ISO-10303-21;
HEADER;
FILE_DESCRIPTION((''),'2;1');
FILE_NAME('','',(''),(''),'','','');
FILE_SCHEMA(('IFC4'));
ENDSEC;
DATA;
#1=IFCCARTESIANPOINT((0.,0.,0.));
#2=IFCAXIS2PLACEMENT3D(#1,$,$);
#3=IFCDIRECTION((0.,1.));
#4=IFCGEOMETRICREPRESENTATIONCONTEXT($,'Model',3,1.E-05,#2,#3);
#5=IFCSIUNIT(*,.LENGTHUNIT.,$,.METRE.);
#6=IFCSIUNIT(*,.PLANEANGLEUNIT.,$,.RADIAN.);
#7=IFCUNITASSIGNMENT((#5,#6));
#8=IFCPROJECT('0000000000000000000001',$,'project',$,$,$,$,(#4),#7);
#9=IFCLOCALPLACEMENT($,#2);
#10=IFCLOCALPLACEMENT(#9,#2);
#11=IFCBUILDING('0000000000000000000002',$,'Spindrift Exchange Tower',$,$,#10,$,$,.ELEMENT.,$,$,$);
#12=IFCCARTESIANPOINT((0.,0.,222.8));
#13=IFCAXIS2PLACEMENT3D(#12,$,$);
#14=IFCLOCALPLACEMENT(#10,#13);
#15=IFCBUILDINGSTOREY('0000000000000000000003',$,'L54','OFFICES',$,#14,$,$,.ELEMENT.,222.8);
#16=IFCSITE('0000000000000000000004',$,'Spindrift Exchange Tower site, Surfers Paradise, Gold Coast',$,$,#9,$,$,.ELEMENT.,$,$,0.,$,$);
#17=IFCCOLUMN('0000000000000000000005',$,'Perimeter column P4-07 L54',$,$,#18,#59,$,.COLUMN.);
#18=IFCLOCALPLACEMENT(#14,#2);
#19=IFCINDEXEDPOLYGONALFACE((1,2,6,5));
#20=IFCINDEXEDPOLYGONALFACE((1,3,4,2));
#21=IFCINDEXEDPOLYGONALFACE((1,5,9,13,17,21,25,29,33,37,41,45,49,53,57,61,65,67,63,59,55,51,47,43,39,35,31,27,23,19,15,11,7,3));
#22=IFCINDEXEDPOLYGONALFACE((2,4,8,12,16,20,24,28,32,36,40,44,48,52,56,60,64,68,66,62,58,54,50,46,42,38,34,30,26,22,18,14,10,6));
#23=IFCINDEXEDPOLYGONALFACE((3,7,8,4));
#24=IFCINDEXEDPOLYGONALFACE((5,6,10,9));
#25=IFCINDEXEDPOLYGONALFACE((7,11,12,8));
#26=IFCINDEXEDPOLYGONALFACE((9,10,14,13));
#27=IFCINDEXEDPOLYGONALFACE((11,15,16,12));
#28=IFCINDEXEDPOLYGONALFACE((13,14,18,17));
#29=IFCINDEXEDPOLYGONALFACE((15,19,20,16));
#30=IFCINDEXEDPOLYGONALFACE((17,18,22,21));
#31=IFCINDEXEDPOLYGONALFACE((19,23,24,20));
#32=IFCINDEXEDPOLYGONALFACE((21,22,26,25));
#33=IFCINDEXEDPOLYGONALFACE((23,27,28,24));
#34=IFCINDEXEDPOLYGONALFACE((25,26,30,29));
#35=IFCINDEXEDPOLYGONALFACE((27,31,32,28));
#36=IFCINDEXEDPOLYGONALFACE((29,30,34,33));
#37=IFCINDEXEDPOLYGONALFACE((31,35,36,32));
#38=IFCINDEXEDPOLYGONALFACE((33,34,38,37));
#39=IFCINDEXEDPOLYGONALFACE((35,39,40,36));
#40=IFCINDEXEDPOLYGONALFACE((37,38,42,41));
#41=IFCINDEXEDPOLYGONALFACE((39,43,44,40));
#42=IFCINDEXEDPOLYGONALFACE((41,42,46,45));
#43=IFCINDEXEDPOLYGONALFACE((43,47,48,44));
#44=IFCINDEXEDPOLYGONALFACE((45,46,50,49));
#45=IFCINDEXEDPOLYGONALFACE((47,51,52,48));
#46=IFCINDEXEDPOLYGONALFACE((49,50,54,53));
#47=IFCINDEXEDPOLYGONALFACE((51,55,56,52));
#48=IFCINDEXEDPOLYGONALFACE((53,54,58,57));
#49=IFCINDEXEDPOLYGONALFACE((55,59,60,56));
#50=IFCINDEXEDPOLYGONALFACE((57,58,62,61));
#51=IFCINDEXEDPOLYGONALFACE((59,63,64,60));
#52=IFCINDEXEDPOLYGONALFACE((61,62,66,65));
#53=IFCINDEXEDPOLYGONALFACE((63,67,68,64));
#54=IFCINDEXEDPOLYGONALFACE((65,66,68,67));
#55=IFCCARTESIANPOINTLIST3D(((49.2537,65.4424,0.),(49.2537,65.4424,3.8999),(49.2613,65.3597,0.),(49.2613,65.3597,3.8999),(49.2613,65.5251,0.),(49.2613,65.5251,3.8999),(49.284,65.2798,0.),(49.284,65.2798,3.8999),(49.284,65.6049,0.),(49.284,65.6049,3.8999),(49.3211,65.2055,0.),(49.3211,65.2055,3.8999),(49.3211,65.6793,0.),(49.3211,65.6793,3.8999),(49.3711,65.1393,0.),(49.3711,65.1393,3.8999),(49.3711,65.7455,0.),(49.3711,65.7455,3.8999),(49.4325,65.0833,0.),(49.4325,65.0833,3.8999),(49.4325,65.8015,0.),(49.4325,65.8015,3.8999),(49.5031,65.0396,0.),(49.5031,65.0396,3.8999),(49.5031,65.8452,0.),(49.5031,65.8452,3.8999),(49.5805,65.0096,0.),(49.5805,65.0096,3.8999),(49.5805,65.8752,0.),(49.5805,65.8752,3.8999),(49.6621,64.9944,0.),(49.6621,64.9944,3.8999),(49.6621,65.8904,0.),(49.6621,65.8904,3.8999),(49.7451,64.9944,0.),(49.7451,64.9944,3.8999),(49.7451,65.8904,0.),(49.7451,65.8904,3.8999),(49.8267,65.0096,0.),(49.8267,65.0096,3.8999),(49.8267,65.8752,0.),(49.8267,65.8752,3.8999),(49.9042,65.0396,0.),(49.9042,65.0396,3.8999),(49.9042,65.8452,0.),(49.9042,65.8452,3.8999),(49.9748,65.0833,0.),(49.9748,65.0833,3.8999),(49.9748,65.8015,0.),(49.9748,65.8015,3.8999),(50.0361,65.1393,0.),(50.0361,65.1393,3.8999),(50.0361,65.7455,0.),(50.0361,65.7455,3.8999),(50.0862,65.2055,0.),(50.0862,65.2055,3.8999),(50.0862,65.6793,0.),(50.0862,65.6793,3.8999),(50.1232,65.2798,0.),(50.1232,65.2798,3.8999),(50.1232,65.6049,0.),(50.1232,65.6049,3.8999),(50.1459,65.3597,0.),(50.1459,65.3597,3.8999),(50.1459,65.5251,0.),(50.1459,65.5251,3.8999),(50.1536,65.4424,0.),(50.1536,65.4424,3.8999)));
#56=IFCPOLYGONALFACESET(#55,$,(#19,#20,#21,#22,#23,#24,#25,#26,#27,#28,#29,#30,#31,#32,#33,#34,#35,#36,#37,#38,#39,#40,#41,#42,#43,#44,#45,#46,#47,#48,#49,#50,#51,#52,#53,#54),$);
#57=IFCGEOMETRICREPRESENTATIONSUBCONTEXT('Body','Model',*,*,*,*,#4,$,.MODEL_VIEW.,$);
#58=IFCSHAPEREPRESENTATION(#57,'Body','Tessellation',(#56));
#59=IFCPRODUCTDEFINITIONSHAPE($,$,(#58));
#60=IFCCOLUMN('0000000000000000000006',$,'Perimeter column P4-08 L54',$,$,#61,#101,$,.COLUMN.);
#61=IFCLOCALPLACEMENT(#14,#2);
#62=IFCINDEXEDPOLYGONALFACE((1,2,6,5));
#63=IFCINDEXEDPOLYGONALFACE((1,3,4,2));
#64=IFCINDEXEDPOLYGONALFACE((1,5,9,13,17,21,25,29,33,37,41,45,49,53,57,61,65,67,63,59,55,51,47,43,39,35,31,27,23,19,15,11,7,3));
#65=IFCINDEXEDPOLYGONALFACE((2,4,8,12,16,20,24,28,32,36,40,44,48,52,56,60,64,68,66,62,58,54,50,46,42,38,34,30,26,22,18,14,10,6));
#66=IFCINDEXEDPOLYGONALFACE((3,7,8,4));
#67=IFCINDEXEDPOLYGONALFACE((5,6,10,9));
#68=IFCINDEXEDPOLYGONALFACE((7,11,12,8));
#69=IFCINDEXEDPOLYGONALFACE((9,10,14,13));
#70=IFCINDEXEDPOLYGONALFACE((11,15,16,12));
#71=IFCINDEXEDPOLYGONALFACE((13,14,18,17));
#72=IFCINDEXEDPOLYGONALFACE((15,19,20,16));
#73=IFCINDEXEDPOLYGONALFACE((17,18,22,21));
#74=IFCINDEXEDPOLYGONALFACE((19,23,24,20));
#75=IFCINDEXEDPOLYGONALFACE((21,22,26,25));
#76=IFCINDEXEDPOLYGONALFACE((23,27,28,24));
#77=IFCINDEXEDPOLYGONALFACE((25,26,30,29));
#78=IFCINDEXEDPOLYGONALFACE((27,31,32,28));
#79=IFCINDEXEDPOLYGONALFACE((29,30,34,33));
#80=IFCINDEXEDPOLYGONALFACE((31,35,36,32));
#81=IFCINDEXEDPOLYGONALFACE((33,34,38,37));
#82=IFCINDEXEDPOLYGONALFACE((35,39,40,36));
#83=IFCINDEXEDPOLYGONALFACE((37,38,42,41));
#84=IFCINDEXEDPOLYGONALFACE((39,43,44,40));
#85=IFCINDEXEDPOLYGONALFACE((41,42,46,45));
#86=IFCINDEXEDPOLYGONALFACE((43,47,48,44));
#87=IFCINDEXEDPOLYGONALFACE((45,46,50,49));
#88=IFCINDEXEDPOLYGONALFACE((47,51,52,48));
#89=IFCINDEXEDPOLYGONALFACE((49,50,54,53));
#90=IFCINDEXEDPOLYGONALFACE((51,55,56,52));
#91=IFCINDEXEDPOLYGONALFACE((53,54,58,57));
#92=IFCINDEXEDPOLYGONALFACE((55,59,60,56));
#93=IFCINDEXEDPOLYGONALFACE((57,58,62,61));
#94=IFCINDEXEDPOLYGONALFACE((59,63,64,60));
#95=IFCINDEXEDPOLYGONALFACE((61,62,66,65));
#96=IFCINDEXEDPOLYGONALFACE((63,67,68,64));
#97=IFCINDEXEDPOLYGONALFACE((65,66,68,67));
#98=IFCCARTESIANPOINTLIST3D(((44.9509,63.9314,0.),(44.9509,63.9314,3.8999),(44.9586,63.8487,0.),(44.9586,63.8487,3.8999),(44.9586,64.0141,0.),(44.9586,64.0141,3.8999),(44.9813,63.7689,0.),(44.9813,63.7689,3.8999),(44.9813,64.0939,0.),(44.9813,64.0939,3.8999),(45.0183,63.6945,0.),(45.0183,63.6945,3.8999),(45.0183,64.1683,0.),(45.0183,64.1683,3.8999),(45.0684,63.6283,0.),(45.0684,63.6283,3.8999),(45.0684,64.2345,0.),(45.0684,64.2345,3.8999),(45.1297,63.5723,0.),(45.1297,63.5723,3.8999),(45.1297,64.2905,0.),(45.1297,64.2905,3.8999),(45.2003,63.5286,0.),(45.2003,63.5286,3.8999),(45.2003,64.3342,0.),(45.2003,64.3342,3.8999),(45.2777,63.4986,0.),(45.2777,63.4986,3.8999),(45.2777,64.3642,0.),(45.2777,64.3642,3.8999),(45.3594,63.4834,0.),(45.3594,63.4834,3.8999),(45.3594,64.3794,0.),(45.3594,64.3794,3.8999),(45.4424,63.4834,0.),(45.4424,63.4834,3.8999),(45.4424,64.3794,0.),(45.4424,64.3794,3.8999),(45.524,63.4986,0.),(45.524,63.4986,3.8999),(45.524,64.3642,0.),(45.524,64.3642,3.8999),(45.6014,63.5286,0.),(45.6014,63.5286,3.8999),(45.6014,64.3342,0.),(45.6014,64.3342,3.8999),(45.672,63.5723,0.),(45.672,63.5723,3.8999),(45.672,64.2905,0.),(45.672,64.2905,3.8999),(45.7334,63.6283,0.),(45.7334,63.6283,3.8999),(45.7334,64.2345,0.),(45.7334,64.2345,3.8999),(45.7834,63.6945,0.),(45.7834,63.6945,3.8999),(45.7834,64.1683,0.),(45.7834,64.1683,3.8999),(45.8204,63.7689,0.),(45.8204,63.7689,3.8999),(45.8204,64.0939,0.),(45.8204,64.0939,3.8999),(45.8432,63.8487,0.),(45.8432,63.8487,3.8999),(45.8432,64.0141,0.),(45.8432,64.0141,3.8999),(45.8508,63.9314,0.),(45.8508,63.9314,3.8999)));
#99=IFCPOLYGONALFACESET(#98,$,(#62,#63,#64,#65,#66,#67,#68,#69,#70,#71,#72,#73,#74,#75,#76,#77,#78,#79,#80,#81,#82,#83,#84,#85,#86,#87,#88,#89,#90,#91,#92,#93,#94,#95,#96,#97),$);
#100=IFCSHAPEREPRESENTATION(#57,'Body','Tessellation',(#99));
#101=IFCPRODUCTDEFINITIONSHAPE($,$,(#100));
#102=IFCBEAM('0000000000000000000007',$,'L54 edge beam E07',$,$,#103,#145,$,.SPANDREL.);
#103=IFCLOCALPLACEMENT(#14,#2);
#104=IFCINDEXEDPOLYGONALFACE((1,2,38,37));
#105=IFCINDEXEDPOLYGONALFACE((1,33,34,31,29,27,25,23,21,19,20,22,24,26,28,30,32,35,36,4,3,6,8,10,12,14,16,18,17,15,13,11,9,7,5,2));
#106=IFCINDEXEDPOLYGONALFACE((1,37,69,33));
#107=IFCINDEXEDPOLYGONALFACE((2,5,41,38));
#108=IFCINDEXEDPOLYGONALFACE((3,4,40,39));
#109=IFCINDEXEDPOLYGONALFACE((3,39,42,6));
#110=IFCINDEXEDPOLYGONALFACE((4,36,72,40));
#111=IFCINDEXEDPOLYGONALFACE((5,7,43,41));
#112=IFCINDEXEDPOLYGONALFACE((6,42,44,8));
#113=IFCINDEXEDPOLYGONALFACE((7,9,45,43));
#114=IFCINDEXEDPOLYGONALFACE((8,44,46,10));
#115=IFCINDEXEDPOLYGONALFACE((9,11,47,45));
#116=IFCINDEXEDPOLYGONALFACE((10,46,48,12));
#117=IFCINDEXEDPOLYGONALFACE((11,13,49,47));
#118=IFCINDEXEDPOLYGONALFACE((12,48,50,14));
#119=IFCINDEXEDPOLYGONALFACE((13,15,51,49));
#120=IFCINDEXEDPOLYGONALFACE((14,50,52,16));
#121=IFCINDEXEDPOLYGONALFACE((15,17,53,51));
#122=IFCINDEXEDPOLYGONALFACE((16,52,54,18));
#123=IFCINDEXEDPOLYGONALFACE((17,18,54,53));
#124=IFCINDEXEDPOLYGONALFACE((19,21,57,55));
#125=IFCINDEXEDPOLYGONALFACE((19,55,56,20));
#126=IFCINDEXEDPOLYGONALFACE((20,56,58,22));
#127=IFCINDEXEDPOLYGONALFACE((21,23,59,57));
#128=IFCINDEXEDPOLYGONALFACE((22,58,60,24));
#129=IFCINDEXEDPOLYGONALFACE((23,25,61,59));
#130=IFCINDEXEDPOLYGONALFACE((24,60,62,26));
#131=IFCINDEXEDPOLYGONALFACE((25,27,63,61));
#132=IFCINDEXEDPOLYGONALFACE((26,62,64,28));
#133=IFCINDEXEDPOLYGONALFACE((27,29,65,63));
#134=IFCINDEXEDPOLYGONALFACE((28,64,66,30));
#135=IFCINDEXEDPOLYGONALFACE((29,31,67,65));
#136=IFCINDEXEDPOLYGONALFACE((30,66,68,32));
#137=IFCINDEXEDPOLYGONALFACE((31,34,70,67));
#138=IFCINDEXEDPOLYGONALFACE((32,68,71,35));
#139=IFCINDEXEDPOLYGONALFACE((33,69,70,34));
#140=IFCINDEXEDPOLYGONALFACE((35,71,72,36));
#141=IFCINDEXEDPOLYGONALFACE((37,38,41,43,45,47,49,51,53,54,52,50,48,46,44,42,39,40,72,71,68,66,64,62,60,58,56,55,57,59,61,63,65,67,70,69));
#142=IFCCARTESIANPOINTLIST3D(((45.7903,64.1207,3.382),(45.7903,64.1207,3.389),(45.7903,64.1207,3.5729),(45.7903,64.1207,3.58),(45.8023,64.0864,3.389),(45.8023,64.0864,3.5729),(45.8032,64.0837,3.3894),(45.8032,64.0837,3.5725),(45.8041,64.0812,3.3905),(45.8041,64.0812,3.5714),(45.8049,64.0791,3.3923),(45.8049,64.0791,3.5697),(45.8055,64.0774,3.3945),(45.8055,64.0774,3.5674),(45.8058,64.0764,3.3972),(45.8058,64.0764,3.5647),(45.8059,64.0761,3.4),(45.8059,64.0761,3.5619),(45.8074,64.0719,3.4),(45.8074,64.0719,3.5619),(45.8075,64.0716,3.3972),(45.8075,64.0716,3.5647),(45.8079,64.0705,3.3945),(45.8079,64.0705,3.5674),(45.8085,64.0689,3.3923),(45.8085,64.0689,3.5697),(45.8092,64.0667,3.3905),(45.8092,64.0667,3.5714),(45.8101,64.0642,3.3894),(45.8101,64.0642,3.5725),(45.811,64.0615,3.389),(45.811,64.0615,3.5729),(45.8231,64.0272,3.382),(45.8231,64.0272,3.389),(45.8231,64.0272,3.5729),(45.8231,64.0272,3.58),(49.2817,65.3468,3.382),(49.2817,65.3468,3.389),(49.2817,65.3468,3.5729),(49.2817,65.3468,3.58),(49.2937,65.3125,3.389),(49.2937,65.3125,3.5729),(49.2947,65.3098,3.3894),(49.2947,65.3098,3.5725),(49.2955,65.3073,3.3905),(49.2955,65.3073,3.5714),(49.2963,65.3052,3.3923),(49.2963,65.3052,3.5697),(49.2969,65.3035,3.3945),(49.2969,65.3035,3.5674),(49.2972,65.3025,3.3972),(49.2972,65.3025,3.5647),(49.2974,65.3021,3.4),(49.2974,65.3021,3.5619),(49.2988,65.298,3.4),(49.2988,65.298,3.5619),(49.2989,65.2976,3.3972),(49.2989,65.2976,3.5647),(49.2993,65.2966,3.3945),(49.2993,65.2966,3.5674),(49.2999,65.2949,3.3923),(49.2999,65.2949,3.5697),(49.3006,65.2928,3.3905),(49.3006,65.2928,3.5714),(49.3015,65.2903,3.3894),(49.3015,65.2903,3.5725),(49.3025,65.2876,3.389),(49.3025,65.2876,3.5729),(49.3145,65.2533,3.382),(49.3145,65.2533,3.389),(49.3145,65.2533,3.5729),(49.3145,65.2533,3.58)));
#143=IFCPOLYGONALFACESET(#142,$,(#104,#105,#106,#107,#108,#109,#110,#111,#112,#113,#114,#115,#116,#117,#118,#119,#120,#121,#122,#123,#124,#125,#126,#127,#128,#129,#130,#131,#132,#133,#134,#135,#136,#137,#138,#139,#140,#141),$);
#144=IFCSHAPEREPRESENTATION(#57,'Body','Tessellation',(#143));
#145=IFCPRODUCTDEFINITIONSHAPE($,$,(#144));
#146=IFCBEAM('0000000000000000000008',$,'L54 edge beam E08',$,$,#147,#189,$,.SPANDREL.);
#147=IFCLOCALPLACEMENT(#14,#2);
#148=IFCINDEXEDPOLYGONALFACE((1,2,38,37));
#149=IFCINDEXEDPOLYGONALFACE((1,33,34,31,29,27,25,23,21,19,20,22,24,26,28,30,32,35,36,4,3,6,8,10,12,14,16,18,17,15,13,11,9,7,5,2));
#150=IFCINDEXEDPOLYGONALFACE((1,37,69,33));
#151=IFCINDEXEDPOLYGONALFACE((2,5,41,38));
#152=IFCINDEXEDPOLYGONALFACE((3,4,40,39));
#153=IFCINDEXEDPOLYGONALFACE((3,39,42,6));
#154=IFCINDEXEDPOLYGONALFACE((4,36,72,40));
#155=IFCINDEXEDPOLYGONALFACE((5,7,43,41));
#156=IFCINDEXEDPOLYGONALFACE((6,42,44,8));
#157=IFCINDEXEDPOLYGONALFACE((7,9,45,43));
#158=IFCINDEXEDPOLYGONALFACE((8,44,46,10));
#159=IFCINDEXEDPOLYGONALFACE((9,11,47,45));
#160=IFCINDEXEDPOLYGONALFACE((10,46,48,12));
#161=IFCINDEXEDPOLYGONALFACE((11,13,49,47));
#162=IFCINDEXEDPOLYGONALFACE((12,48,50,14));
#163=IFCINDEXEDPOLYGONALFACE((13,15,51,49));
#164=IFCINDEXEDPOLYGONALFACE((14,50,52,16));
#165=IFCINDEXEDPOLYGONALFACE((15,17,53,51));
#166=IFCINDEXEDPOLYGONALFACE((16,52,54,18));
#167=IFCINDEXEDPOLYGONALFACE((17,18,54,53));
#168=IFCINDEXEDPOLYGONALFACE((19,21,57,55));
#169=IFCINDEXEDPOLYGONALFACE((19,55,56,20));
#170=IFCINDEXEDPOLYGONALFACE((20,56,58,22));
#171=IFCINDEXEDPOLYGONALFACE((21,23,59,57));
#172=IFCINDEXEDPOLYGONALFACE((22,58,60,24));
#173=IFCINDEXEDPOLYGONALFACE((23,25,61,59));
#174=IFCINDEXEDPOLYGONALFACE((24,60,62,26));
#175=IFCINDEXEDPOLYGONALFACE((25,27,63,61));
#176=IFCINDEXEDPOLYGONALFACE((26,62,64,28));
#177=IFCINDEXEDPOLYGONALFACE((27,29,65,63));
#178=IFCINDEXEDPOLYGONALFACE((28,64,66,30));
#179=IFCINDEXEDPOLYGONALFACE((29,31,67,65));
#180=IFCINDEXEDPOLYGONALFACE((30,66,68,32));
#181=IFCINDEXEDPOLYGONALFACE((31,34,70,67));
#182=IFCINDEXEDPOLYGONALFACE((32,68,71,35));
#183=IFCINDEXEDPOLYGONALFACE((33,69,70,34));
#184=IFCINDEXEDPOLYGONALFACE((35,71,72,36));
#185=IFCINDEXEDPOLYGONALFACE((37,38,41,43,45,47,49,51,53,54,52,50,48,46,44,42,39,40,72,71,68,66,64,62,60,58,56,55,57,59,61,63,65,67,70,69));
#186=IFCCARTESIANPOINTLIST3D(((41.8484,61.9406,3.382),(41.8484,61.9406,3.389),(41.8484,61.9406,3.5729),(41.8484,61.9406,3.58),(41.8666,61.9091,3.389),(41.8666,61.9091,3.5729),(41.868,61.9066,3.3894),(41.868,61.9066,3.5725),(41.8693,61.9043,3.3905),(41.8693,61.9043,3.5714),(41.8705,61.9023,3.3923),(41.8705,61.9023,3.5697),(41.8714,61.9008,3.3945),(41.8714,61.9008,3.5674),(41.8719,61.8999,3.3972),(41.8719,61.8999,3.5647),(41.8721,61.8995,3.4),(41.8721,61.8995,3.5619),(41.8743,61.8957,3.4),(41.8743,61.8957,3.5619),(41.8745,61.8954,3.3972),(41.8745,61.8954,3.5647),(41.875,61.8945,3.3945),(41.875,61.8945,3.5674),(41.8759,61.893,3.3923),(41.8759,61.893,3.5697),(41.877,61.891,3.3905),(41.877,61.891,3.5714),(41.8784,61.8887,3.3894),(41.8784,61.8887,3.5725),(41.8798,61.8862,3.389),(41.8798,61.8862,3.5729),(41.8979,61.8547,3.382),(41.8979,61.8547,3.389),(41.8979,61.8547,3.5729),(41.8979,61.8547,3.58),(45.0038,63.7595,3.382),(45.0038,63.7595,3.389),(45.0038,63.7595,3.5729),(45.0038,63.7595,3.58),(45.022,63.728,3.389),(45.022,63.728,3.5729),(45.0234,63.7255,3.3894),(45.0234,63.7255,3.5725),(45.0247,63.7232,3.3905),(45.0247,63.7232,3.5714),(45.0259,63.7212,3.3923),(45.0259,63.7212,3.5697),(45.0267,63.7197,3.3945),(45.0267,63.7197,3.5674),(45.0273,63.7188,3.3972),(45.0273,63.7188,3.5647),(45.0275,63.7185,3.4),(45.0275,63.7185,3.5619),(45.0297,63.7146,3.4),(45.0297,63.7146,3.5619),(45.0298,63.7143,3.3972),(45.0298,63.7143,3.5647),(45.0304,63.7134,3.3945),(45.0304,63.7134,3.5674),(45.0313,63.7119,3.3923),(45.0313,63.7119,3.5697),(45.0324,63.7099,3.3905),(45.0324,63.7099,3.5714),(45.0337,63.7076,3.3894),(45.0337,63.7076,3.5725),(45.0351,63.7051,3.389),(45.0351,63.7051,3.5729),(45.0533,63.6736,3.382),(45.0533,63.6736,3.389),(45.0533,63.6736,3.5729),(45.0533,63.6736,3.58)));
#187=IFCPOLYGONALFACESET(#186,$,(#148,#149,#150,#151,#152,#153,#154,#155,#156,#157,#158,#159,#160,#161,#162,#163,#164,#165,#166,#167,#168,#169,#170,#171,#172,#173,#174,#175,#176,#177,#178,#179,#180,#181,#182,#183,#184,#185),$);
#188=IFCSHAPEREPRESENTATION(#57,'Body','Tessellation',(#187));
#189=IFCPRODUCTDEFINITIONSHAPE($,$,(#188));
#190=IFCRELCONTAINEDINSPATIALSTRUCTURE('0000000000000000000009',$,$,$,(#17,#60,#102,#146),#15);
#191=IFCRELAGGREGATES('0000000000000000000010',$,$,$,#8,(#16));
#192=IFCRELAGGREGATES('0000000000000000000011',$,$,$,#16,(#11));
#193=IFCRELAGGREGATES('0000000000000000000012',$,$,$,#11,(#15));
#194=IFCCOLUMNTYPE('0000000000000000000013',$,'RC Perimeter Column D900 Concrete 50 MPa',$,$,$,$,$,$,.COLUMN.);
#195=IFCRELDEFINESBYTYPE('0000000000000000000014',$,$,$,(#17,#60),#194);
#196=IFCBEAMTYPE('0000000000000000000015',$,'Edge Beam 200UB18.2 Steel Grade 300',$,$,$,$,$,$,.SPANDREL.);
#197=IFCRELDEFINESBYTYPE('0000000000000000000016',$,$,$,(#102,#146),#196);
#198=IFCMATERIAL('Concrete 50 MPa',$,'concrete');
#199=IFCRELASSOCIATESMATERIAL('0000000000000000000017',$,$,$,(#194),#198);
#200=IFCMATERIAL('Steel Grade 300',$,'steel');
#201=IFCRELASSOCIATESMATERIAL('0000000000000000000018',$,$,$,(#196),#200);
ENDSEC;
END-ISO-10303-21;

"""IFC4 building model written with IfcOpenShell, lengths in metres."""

from ifc_helpers import new_model, si_unit, direction, frame, origin, origin_2d, place, context, subcontext, project, spatial, circle, i_section, extrude, source, transform, mapped, material, material_profile, profile_set, type_object, element, save


model = new_model("IFC4")

# Units and contexts
model_context = context("Model", 3, precision=1e-05, world=origin(), true_north=direction((0.0, 1.0)))
body_context = subcontext(model_context, "Body", "Model", "MODEL_VIEW")
ifc_project = project(units=[si_unit("LENGTHUNIT", "METRE"), si_unit("PLANEANGLEUNIT", "RADIAN")], contexts=[model_context])

# Site, building, storey
site_placement = place(None, origin())
site = spatial("IfcSite", under=ifc_project, at=site_placement, Name="Spindrift Exchange Tower site, Surfers Paradise, Gold Coast", CompositionType="ELEMENT", RefElevation=0.0)
building_placement = place(site_placement, origin())
building = spatial("IfcBuilding", under=site, at=building_placement, Name="Spindrift Exchange Tower", CompositionType="ELEMENT")
storey_placement = place(building_placement, frame((0.0, 0.0, 222.8)))
storey = spatial("IfcBuildingStorey", under=building, at=storey_placement, Name="L54", Description="OFFICES", CompositionType="ELEMENT", Elevation=222.8)

# Columns
ifc_material_1 = material(Name="Concrete 50 MPa", Category="concrete")
ifc_material_profile_1 = material_profile(ifc_material_1, circle(Radius=0.45, at=origin_2d()), Name="RC D900")
ifc_profile_set_1 = profile_set([ifc_material_profile_1], Name="Concrete 50 MPa")
column_type = type_object("IfcColumnType", Name="RC Perimeter Column D900 Concrete 50 MPa", PredefinedType="COLUMN", material=ifc_profile_set_1)
shared_shape_1 = source(origin(), body_context, "Body", "SweptSolid", [
    extrude(circle(Radius=0.45, at=origin_2d()), origin(), (0.0, 0.0, 1.0), 3.8999),
])
for number, where, z_axis, x_axis, name in (
    (1, (49.7036, 65.4424, 0.0), (0.0, 0.0, 1.0), (1.0, 0.0, 0.0), "Perimeter column P4-07 L54"),
    (2, (45.4009, 63.9314, 0.0), (0.0, 0.0, 1.0), (1.0, 0.0, 0.0), "Perimeter column P4-08 L54"),
):
    element("IfcColumn", number, at=place(storey_placement, frame(where, z_axis=z_axis, x_axis=x_axis)), inside=storey, type_object=column_type, Name=name, PredefinedType="COLUMN", context=body_context, shape_type="MappedRepresentation", body=[
        mapped(shared_shape_1, transform((0.0, 0.0, 0.0), scale=1.0)),
    ])

# Beams
ifc_material_2 = material(Name="Steel Grade 300", Category="steel")
ifc_material_profile_2 = material_profile(ifc_material_2, i_section(OverallWidth=0.0991, OverallDepth=0.198, WebThickness=0.0044, FlangeThickness=0.0071, FilletRadius=0.011, at=origin_2d()), Name="200UB18.2")
ifc_profile_set_2 = profile_set([ifc_material_profile_2], Name="Steel Grade 300")
beam_type = type_object("IfcBeamType", Name="Edge Beam 200UB18.2 Steel Grade 300", PredefinedType="SPANDREL", material=ifc_profile_set_2)
shared_shape_2 = source(origin(), body_context, "Body", "SweptSolid", [
    extrude(i_section(OverallWidth=0.0991, OverallDepth=0.198, WebThickness=0.0044, FlangeThickness=0.0071, FilletRadius=0.011, at=origin_2d()), origin(), (0.0, 0.0, 1.0), 3.7004),
])
beam_1_placement = place(storey_placement, frame((49.2981, 65.3, 3.481), z_axis=(-0.943515, -0.331329, 0.0), x_axis=(0.331329, -0.943515, 0.0)))
element("IfcBeam", 3, at=beam_1_placement, inside=storey, type_object=beam_type, Name="L54 edge beam E07", PredefinedType="SPANDREL", context=body_context, shape_type="MappedRepresentation", body=[
    mapped(shared_shape_2, transform((0.0, 0.0, 0.0), scale=1.0)),
])
shared_shape_3 = source(origin(), body_context, "Body", "SweptSolid", [
    extrude(i_section(OverallWidth=0.0991, OverallDepth=0.198, WebThickness=0.0044, FlangeThickness=0.0071, FilletRadius=0.011, at=origin_2d()), origin(), (0.0, 0.0, 1.0), 3.6421),
])
beam_2_placement = place(storey_placement, frame((45.0286, 63.7166, 3.481), z_axis=(-0.866364, -0.499413, 0.0), x_axis=(0.499413, -0.866364, 0.0)))
element("IfcBeam", 4, at=beam_2_placement, inside=storey, type_object=beam_type, Name="L54 edge beam E08", PredefinedType="SPANDREL", context=body_context, shape_type="MappedRepresentation", body=[
    mapped(shared_shape_3, transform((0.0, 0.0, 0.0), scale=1.0)),
])

save(model, "model.ifc")
